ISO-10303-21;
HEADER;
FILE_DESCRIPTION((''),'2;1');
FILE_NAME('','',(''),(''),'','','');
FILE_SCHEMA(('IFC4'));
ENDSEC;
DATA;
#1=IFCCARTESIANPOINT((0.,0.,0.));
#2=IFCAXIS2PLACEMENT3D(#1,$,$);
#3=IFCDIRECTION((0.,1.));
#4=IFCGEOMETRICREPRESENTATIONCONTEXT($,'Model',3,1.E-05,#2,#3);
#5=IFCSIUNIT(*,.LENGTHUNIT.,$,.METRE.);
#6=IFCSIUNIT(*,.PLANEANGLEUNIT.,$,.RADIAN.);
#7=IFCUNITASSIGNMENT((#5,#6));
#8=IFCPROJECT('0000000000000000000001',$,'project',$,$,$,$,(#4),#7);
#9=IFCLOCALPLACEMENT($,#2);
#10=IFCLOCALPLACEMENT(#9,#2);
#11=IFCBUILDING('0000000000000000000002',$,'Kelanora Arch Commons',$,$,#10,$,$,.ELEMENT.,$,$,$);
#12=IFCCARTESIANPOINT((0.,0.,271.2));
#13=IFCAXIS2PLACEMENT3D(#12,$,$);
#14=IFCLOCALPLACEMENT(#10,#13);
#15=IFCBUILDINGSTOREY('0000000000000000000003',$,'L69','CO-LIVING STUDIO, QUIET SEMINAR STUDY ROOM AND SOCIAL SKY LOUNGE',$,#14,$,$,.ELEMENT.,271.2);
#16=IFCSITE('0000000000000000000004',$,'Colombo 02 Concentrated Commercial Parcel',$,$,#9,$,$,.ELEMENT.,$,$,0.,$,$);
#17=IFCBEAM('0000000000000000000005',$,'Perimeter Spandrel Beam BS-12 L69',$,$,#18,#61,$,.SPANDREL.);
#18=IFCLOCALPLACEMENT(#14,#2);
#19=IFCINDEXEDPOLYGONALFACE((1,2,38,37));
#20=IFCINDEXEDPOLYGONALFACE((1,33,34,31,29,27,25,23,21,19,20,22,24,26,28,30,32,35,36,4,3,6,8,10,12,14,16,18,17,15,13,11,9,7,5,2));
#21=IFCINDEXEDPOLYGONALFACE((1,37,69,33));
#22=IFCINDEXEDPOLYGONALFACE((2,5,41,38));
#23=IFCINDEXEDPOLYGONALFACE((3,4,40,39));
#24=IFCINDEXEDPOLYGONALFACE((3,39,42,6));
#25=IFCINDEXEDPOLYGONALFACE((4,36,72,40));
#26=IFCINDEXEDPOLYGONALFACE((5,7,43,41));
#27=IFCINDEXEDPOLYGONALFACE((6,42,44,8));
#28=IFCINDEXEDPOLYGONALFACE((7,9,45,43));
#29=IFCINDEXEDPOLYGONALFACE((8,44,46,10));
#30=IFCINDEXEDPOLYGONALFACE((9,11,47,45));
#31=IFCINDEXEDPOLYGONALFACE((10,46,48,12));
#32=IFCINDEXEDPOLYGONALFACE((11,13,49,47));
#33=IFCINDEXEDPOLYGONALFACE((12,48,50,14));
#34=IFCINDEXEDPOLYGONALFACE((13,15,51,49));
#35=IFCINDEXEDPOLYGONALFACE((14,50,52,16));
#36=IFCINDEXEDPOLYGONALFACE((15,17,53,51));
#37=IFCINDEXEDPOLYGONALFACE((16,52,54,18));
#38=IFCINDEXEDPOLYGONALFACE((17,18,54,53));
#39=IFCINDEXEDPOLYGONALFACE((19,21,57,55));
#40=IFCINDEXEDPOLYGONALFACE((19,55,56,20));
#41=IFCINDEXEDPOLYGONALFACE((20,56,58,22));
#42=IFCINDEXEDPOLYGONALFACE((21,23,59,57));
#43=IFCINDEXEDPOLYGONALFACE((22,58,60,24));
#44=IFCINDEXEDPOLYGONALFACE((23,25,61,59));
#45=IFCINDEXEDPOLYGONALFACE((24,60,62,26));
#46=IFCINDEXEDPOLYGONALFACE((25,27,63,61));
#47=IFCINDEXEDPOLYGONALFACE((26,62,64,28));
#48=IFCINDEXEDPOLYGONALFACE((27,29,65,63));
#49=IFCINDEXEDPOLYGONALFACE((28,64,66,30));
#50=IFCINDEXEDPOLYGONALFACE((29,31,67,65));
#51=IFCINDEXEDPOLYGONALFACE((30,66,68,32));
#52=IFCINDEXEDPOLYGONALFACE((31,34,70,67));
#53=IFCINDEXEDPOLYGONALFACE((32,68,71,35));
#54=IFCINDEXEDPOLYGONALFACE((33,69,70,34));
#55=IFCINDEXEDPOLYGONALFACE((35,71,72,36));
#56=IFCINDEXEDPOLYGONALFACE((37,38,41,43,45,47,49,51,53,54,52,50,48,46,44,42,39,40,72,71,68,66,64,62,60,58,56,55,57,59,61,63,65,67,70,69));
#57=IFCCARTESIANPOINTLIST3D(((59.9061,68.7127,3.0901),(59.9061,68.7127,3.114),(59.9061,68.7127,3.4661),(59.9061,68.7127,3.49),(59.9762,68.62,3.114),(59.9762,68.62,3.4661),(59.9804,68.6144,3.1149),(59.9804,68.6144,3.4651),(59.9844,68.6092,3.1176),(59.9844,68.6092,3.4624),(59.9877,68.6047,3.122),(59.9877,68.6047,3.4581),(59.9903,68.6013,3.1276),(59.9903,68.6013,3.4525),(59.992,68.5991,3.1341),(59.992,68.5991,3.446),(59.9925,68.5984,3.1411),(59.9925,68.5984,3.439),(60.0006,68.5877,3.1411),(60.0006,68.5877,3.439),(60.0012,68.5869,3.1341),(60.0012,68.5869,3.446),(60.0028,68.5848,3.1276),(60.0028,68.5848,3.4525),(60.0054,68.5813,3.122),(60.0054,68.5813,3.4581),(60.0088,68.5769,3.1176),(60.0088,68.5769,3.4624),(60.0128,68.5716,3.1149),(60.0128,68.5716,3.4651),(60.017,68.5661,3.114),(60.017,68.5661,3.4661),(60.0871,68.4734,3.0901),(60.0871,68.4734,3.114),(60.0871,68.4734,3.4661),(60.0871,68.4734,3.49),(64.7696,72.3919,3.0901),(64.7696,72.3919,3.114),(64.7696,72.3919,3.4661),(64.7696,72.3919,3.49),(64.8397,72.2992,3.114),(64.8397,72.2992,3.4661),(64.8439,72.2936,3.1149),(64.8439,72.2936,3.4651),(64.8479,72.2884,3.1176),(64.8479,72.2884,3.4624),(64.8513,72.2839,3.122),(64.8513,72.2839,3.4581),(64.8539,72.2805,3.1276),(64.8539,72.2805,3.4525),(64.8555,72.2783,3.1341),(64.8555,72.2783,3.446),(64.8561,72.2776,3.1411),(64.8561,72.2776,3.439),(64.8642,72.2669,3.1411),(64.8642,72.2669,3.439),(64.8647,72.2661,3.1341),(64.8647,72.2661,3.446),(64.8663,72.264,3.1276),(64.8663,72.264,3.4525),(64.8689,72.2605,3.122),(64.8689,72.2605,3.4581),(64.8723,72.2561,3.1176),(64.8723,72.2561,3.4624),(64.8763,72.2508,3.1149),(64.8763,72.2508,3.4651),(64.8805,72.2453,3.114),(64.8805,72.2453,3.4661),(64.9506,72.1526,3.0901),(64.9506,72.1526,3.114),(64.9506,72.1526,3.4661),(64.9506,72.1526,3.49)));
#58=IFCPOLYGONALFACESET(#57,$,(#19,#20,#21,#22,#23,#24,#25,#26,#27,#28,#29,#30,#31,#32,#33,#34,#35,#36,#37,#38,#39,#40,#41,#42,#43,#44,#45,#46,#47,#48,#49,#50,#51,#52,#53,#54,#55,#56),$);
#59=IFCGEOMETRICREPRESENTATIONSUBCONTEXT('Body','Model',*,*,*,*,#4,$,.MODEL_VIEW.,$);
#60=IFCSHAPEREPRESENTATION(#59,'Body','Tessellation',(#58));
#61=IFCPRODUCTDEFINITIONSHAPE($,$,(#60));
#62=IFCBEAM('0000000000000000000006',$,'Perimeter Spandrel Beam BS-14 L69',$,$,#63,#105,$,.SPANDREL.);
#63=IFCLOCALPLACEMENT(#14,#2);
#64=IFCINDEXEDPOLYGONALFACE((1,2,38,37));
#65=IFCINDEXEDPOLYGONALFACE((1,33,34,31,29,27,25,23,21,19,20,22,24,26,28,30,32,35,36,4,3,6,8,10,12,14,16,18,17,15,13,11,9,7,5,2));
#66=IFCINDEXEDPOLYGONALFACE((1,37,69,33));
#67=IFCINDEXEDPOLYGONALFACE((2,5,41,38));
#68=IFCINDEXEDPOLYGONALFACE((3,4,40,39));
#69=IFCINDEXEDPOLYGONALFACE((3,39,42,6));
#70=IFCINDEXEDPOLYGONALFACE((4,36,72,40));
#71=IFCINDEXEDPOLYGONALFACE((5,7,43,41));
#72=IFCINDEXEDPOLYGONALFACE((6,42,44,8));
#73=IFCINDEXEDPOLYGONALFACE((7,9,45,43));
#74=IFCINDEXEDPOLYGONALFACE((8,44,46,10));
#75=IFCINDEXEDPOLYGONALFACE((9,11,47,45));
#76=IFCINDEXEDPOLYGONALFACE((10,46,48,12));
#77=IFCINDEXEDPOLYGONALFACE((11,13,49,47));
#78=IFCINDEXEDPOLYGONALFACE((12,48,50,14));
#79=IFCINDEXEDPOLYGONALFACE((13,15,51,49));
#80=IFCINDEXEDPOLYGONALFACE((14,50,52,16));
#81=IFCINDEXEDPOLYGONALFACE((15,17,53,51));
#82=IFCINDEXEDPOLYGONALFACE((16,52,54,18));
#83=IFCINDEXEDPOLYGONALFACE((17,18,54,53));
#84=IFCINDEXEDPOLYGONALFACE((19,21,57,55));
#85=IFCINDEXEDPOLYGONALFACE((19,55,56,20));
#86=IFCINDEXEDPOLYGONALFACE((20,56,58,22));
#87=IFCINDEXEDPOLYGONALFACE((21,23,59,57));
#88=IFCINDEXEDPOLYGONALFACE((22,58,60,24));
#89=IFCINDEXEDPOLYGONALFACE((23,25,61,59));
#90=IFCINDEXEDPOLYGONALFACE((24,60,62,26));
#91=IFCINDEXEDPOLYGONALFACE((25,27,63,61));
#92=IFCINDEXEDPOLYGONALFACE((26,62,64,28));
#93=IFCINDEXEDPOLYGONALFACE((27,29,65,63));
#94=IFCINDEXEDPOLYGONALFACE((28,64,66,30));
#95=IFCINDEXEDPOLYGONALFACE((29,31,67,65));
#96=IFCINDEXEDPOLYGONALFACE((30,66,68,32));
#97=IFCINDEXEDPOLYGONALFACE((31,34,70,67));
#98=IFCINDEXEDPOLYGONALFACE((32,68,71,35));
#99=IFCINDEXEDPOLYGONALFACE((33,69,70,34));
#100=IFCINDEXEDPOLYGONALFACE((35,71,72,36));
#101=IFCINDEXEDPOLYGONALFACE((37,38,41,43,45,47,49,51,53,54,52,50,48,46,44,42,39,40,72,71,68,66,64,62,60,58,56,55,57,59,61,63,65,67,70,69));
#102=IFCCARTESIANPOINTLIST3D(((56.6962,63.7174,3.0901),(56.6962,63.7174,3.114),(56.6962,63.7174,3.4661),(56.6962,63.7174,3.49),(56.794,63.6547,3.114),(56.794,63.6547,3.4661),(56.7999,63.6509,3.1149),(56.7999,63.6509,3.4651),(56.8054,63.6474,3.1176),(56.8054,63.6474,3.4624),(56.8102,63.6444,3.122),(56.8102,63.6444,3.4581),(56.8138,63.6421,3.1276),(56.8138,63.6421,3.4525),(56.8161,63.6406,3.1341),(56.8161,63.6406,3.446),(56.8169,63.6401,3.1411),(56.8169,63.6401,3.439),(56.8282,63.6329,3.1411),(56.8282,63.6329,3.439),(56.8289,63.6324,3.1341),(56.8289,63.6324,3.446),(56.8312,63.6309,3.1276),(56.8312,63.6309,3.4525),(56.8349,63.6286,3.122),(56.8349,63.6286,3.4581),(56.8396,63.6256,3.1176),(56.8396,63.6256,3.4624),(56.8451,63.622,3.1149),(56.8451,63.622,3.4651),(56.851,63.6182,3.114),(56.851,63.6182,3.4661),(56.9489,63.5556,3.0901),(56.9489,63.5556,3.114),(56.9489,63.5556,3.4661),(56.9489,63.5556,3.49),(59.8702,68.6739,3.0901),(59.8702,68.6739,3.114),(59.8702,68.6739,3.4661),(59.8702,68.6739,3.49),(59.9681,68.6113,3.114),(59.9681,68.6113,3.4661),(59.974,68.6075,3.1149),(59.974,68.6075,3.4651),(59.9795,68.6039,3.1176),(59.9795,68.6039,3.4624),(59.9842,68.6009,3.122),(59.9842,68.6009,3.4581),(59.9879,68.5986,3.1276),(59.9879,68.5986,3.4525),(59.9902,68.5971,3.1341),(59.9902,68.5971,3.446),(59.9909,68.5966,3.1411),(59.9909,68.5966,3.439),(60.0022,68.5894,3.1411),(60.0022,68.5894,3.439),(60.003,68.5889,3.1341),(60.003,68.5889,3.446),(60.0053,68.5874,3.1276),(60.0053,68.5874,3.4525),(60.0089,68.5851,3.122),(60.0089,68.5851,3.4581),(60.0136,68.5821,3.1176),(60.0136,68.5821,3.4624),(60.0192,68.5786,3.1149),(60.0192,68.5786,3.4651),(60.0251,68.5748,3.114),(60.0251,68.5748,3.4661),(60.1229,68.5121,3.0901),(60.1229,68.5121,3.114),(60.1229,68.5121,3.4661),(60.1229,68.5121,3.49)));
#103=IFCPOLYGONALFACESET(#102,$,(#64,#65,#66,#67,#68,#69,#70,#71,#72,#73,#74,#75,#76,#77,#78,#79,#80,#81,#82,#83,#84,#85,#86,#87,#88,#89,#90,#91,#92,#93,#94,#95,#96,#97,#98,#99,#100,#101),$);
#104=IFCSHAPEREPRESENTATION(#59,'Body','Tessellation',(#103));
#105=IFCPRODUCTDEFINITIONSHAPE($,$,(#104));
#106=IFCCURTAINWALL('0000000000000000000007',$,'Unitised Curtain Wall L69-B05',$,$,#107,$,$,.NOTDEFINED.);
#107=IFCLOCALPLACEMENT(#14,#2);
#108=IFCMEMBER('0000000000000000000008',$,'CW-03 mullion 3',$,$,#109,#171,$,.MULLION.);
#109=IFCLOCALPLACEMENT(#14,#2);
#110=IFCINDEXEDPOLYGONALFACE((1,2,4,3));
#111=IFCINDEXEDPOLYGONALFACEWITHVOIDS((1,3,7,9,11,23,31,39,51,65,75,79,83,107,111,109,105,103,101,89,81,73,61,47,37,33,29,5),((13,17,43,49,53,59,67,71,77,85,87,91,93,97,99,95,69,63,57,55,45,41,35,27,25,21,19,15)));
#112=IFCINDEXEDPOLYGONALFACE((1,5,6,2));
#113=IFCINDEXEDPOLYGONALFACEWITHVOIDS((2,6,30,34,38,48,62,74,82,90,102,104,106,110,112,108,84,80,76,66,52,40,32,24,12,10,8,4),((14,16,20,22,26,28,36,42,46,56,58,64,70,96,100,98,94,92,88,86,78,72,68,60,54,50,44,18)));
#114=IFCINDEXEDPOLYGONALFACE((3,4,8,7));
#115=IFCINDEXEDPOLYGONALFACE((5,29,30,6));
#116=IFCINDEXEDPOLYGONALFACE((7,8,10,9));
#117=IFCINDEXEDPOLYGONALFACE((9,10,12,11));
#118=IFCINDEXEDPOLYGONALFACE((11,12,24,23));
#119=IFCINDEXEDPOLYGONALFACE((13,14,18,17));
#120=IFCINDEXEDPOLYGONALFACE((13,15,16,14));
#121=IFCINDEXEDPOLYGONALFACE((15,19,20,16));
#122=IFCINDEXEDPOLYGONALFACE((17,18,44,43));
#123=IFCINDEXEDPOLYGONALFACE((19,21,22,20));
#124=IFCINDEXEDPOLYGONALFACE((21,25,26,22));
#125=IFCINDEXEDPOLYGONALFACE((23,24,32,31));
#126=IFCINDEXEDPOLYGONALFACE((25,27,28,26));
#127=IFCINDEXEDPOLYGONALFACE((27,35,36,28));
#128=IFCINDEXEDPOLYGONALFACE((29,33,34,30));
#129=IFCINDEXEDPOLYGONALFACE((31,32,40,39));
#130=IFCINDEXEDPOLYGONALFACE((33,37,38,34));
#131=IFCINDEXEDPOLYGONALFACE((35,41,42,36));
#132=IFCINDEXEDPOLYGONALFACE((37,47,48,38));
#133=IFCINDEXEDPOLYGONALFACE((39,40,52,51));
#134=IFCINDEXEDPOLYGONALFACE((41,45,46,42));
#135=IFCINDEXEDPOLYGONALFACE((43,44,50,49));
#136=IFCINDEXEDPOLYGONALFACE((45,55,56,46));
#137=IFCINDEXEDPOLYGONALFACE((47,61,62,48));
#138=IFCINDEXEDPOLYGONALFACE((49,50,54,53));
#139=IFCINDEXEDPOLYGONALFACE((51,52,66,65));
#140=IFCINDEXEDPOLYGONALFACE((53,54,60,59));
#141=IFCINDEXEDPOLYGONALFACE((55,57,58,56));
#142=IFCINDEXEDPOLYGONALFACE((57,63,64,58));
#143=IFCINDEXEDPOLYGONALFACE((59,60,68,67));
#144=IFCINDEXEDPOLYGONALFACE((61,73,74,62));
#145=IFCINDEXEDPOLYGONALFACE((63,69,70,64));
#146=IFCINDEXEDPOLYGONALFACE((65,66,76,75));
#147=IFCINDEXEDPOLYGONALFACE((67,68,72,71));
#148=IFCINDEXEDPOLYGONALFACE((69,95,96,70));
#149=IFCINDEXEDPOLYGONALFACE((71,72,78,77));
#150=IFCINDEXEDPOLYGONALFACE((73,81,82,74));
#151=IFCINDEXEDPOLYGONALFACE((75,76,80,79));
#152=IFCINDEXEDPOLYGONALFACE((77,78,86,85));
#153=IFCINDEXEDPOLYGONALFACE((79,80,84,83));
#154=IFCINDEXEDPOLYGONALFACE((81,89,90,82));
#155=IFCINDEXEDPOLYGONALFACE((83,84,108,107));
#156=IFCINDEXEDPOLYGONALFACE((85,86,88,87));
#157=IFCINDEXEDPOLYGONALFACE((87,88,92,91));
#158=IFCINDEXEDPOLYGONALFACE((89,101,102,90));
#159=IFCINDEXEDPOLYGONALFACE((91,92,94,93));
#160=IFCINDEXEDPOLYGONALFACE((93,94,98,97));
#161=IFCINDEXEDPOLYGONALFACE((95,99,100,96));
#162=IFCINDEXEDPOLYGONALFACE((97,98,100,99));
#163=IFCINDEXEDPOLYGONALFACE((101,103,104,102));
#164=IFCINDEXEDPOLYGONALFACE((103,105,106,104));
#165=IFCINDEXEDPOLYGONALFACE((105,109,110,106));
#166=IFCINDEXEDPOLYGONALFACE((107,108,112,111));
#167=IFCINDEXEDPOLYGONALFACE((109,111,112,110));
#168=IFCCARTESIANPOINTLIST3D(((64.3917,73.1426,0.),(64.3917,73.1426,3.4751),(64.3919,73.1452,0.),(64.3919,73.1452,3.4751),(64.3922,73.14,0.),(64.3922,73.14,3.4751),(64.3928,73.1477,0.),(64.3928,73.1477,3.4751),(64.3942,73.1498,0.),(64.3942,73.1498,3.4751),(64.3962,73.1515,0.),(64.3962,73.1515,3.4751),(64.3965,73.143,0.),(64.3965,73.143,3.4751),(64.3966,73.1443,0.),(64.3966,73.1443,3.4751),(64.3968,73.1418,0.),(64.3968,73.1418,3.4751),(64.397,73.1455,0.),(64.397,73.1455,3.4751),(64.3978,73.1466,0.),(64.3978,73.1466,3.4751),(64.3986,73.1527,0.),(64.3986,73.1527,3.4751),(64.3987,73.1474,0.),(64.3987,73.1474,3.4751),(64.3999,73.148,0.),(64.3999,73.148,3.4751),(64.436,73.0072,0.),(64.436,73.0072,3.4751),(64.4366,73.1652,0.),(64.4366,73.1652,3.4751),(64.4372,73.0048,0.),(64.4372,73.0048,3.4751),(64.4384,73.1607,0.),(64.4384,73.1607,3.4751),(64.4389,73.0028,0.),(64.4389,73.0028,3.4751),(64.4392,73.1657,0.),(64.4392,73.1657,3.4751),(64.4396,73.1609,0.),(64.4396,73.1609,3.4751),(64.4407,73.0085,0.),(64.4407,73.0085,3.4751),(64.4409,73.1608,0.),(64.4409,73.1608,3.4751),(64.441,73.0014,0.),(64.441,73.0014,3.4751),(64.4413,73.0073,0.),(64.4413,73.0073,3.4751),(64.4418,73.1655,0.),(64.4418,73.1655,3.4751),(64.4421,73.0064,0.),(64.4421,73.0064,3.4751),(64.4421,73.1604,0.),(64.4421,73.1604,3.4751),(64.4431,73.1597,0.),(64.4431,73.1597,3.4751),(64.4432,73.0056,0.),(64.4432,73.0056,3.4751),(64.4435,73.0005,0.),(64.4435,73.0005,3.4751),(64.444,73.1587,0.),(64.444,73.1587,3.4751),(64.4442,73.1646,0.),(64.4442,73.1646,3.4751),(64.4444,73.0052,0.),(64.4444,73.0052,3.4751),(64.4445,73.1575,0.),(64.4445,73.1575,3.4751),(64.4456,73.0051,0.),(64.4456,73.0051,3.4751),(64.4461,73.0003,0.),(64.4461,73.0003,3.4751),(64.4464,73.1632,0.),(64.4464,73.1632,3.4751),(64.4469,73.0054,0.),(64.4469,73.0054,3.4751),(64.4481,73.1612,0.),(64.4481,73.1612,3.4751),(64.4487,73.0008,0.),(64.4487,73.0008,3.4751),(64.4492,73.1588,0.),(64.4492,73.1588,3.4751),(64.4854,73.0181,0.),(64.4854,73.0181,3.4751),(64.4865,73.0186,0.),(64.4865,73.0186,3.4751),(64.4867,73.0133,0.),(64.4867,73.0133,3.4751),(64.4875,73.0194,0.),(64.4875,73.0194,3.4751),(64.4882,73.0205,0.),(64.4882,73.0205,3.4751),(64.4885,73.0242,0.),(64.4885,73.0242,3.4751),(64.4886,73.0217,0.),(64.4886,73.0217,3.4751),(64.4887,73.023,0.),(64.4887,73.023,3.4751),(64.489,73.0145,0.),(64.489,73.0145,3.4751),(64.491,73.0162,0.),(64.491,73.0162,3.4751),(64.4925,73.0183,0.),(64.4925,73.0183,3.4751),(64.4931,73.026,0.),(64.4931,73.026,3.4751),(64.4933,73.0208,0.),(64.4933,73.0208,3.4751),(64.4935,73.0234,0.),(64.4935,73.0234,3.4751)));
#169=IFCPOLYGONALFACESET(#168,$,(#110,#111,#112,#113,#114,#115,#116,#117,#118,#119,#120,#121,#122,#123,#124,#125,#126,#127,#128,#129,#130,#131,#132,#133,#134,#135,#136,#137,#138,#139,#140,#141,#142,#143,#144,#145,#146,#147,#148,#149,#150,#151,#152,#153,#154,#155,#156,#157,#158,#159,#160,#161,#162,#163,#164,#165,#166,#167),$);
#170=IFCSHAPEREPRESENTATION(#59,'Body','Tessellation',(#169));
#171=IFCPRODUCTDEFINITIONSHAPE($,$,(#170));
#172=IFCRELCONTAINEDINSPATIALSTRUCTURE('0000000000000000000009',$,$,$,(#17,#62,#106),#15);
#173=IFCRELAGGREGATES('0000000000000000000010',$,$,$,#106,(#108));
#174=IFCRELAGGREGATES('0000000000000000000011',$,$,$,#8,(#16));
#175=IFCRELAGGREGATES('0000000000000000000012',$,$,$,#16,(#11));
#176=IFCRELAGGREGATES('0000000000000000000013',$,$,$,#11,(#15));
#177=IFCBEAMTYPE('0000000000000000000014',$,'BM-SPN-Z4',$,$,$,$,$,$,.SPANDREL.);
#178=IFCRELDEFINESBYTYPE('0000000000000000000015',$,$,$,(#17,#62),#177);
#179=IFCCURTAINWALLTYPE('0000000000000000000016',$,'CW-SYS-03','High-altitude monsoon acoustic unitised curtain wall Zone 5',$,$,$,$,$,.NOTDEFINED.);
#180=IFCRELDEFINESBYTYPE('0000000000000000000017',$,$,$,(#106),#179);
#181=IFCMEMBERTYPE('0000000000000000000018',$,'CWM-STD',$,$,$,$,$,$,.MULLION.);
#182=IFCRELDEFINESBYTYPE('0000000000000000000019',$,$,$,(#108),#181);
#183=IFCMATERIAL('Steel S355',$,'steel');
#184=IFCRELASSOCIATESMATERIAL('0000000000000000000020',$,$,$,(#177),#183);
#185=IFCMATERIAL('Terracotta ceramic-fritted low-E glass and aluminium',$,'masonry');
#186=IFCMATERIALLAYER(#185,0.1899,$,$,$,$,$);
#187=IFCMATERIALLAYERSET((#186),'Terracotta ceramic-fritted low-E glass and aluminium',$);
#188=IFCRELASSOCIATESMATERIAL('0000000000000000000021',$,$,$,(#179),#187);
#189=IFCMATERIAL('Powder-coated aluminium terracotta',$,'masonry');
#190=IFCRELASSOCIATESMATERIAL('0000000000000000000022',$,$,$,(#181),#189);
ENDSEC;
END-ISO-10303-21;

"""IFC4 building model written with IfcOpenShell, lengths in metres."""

from ifc_helpers import new_model, si_unit, direction, frame, origin, origin_2d, place, context, subcontext, project, spatial, hollow_rectangle, i_section, extrude, material, layer, layer_set, material_profile, profile_set, type_object, element, aggregate, save


model = new_model("IFC4")

# Units and contexts
model_context = context("Model", 3, precision=1e-05, world=origin(), true_north=direction((0.0, 1.0)))
body_context = subcontext(model_context, "Body", "Model", "MODEL_VIEW")
ifc_project = project(units=[si_unit("LENGTHUNIT", "METRE"), si_unit("PLANEANGLEUNIT", "RADIAN")], contexts=[model_context])

# Site, building, storey
site_placement = place(None, origin())
site = spatial("IfcSite", under=ifc_project, at=site_placement, Name="Colombo 02 Concentrated Commercial Parcel", CompositionType="ELEMENT", RefElevation=0.0)
building_placement = place(site_placement, origin())
building = spatial("IfcBuilding", under=site, at=building_placement, Name="Kelanora Arch Commons", CompositionType="ELEMENT")
storey_placement = place(building_placement, frame((0.0, 0.0, 271.2)))
storey = spatial("IfcBuildingStorey", under=building, at=storey_placement, Name="L69", Description="CO-LIVING STUDIO, QUIET SEMINAR STUDY ROOM AND SOCIAL SKY LOUNGE", CompositionType="ELEMENT", Elevation=271.2)

# Beams
ifc_material_1 = material(Name="Steel S355", Category="steel")
ifc_material_profile_1 = material_profile(ifc_material_1, i_section(OverallWidth=0.3, OverallDepth=0.3999, WebThickness=0.0134, FlangeThickness=0.0239, FilletRadius=0.0271, at=origin_2d()), Name="HEB400")
ifc_profile_set_1 = profile_set([ifc_material_profile_1], Name="Steel S355")
beam_type_1 = type_object("IfcBeamType", Name="BM-SPN-Z4", PredefinedType="SPANDREL", material=ifc_profile_set_1)
beam_1_placement = place(storey_placement, frame((64.8601, 72.2722, 3.29), z_axis=(-0.797509, -0.603306, 0.0), x_axis=(0.603306, -0.797509, 0.0)))
element("IfcBeam", 1, at=beam_1_placement, inside=storey, type_object=beam_type_1, Name="Perimeter Spandrel Beam BS-12 L69", PredefinedType="SPANDREL", context=body_context, shape_type="SweptSolid", body=[
    extrude(i_section(OverallWidth=0.3, OverallDepth=0.3999, WebThickness=0.0134, FlangeThickness=0.0239, FilletRadius=0.0271, at=origin_2d()), origin(), (0.0, 0.0, 1.0), 6.0984),
])
beam_2_placement = place(storey_placement, frame((59.9966, 68.593, 3.29), z_axis=(-0.539281, -0.842126, 0.0), x_axis=(0.842126, -0.539281, 0.0)))
element("IfcBeam", 2, at=beam_2_placement, inside=storey, type_object=beam_type_1, Name="Perimeter Spandrel Beam BS-14 L69", PredefinedType="SPANDREL", context=body_context, shape_type="SweptSolid", body=[
    extrude(i_section(OverallWidth=0.3, OverallDepth=0.3999, WebThickness=0.0134, FlangeThickness=0.0239, FilletRadius=0.0271, at=origin_2d()), origin(), (0.0, 0.0, 1.0), 5.8857),
])

# Curtain wall, member
ifc_material_2 = material(Name="Terracotta ceramic-fritted low-E glass and aluminium", Category="masonry")
ifc_layer_1 = layer(ifc_material_2, 0.1899)
ifc_layer_set_1 = layer_set([ifc_layer_1], Name="Terracotta ceramic-fritted low-E glass and aluminium")
curtain_wall_type = type_object("IfcCurtainWallType", Name="CW-SYS-03", Description="High-altitude monsoon acoustic unitised curtain wall Zone 5", PredefinedType="NOTDEFINED", material=ifc_layer_set_1)
curtain_wall_placement = place(storey_placement, origin())
curtain_wall = element("IfcCurtainWall", 3, at=curtain_wall_placement, inside=storey, type_object=curtain_wall_type, Name="Unitised Curtain Wall L69-B05", PredefinedType="NOTDEFINED")
ifc_material_3 = material(Name="Powder-coated aluminium terracotta", Category="masonry")
ifc_material_profile_2 = material_profile(ifc_material_3, hollow_rectangle(XDim=0.1599, YDim=0.0601, WallThickness=0.0049, InnerFilletRadius=0.0049, OuterFilletRadius=0.01, at=origin_2d()), Name="CWM160x60")
ifc_profile_set_2 = profile_set([ifc_material_profile_2], Name="Powder-coated aluminium terracotta")
member_type = type_object("IfcMemberType", Name="CWM-STD", PredefinedType="MULLION", material=ifc_profile_set_2)
member_placement = place(storey_placement, frame((64.4426, 73.083, 0.0), z_axis=(0.0, 0.0, 1.0), x_axis=(0.313253, -0.94967, 0.0)))
member = element("IfcMember", 4, at=member_placement, type_object=member_type, Name="CW-03 mullion 3", PredefinedType="MULLION", context=body_context, shape_type="SweptSolid", body=[
    extrude(hollow_rectangle(XDim=0.1599, YDim=0.0601, WallThickness=0.0049, InnerFilletRadius=0.0049, OuterFilletRadius=0.01, at=origin_2d()), origin(), (0.0, 0.0, 1.0), 3.4751),
])
aggregate(curtain_wall, [member])

save(model, "model.ifc")
